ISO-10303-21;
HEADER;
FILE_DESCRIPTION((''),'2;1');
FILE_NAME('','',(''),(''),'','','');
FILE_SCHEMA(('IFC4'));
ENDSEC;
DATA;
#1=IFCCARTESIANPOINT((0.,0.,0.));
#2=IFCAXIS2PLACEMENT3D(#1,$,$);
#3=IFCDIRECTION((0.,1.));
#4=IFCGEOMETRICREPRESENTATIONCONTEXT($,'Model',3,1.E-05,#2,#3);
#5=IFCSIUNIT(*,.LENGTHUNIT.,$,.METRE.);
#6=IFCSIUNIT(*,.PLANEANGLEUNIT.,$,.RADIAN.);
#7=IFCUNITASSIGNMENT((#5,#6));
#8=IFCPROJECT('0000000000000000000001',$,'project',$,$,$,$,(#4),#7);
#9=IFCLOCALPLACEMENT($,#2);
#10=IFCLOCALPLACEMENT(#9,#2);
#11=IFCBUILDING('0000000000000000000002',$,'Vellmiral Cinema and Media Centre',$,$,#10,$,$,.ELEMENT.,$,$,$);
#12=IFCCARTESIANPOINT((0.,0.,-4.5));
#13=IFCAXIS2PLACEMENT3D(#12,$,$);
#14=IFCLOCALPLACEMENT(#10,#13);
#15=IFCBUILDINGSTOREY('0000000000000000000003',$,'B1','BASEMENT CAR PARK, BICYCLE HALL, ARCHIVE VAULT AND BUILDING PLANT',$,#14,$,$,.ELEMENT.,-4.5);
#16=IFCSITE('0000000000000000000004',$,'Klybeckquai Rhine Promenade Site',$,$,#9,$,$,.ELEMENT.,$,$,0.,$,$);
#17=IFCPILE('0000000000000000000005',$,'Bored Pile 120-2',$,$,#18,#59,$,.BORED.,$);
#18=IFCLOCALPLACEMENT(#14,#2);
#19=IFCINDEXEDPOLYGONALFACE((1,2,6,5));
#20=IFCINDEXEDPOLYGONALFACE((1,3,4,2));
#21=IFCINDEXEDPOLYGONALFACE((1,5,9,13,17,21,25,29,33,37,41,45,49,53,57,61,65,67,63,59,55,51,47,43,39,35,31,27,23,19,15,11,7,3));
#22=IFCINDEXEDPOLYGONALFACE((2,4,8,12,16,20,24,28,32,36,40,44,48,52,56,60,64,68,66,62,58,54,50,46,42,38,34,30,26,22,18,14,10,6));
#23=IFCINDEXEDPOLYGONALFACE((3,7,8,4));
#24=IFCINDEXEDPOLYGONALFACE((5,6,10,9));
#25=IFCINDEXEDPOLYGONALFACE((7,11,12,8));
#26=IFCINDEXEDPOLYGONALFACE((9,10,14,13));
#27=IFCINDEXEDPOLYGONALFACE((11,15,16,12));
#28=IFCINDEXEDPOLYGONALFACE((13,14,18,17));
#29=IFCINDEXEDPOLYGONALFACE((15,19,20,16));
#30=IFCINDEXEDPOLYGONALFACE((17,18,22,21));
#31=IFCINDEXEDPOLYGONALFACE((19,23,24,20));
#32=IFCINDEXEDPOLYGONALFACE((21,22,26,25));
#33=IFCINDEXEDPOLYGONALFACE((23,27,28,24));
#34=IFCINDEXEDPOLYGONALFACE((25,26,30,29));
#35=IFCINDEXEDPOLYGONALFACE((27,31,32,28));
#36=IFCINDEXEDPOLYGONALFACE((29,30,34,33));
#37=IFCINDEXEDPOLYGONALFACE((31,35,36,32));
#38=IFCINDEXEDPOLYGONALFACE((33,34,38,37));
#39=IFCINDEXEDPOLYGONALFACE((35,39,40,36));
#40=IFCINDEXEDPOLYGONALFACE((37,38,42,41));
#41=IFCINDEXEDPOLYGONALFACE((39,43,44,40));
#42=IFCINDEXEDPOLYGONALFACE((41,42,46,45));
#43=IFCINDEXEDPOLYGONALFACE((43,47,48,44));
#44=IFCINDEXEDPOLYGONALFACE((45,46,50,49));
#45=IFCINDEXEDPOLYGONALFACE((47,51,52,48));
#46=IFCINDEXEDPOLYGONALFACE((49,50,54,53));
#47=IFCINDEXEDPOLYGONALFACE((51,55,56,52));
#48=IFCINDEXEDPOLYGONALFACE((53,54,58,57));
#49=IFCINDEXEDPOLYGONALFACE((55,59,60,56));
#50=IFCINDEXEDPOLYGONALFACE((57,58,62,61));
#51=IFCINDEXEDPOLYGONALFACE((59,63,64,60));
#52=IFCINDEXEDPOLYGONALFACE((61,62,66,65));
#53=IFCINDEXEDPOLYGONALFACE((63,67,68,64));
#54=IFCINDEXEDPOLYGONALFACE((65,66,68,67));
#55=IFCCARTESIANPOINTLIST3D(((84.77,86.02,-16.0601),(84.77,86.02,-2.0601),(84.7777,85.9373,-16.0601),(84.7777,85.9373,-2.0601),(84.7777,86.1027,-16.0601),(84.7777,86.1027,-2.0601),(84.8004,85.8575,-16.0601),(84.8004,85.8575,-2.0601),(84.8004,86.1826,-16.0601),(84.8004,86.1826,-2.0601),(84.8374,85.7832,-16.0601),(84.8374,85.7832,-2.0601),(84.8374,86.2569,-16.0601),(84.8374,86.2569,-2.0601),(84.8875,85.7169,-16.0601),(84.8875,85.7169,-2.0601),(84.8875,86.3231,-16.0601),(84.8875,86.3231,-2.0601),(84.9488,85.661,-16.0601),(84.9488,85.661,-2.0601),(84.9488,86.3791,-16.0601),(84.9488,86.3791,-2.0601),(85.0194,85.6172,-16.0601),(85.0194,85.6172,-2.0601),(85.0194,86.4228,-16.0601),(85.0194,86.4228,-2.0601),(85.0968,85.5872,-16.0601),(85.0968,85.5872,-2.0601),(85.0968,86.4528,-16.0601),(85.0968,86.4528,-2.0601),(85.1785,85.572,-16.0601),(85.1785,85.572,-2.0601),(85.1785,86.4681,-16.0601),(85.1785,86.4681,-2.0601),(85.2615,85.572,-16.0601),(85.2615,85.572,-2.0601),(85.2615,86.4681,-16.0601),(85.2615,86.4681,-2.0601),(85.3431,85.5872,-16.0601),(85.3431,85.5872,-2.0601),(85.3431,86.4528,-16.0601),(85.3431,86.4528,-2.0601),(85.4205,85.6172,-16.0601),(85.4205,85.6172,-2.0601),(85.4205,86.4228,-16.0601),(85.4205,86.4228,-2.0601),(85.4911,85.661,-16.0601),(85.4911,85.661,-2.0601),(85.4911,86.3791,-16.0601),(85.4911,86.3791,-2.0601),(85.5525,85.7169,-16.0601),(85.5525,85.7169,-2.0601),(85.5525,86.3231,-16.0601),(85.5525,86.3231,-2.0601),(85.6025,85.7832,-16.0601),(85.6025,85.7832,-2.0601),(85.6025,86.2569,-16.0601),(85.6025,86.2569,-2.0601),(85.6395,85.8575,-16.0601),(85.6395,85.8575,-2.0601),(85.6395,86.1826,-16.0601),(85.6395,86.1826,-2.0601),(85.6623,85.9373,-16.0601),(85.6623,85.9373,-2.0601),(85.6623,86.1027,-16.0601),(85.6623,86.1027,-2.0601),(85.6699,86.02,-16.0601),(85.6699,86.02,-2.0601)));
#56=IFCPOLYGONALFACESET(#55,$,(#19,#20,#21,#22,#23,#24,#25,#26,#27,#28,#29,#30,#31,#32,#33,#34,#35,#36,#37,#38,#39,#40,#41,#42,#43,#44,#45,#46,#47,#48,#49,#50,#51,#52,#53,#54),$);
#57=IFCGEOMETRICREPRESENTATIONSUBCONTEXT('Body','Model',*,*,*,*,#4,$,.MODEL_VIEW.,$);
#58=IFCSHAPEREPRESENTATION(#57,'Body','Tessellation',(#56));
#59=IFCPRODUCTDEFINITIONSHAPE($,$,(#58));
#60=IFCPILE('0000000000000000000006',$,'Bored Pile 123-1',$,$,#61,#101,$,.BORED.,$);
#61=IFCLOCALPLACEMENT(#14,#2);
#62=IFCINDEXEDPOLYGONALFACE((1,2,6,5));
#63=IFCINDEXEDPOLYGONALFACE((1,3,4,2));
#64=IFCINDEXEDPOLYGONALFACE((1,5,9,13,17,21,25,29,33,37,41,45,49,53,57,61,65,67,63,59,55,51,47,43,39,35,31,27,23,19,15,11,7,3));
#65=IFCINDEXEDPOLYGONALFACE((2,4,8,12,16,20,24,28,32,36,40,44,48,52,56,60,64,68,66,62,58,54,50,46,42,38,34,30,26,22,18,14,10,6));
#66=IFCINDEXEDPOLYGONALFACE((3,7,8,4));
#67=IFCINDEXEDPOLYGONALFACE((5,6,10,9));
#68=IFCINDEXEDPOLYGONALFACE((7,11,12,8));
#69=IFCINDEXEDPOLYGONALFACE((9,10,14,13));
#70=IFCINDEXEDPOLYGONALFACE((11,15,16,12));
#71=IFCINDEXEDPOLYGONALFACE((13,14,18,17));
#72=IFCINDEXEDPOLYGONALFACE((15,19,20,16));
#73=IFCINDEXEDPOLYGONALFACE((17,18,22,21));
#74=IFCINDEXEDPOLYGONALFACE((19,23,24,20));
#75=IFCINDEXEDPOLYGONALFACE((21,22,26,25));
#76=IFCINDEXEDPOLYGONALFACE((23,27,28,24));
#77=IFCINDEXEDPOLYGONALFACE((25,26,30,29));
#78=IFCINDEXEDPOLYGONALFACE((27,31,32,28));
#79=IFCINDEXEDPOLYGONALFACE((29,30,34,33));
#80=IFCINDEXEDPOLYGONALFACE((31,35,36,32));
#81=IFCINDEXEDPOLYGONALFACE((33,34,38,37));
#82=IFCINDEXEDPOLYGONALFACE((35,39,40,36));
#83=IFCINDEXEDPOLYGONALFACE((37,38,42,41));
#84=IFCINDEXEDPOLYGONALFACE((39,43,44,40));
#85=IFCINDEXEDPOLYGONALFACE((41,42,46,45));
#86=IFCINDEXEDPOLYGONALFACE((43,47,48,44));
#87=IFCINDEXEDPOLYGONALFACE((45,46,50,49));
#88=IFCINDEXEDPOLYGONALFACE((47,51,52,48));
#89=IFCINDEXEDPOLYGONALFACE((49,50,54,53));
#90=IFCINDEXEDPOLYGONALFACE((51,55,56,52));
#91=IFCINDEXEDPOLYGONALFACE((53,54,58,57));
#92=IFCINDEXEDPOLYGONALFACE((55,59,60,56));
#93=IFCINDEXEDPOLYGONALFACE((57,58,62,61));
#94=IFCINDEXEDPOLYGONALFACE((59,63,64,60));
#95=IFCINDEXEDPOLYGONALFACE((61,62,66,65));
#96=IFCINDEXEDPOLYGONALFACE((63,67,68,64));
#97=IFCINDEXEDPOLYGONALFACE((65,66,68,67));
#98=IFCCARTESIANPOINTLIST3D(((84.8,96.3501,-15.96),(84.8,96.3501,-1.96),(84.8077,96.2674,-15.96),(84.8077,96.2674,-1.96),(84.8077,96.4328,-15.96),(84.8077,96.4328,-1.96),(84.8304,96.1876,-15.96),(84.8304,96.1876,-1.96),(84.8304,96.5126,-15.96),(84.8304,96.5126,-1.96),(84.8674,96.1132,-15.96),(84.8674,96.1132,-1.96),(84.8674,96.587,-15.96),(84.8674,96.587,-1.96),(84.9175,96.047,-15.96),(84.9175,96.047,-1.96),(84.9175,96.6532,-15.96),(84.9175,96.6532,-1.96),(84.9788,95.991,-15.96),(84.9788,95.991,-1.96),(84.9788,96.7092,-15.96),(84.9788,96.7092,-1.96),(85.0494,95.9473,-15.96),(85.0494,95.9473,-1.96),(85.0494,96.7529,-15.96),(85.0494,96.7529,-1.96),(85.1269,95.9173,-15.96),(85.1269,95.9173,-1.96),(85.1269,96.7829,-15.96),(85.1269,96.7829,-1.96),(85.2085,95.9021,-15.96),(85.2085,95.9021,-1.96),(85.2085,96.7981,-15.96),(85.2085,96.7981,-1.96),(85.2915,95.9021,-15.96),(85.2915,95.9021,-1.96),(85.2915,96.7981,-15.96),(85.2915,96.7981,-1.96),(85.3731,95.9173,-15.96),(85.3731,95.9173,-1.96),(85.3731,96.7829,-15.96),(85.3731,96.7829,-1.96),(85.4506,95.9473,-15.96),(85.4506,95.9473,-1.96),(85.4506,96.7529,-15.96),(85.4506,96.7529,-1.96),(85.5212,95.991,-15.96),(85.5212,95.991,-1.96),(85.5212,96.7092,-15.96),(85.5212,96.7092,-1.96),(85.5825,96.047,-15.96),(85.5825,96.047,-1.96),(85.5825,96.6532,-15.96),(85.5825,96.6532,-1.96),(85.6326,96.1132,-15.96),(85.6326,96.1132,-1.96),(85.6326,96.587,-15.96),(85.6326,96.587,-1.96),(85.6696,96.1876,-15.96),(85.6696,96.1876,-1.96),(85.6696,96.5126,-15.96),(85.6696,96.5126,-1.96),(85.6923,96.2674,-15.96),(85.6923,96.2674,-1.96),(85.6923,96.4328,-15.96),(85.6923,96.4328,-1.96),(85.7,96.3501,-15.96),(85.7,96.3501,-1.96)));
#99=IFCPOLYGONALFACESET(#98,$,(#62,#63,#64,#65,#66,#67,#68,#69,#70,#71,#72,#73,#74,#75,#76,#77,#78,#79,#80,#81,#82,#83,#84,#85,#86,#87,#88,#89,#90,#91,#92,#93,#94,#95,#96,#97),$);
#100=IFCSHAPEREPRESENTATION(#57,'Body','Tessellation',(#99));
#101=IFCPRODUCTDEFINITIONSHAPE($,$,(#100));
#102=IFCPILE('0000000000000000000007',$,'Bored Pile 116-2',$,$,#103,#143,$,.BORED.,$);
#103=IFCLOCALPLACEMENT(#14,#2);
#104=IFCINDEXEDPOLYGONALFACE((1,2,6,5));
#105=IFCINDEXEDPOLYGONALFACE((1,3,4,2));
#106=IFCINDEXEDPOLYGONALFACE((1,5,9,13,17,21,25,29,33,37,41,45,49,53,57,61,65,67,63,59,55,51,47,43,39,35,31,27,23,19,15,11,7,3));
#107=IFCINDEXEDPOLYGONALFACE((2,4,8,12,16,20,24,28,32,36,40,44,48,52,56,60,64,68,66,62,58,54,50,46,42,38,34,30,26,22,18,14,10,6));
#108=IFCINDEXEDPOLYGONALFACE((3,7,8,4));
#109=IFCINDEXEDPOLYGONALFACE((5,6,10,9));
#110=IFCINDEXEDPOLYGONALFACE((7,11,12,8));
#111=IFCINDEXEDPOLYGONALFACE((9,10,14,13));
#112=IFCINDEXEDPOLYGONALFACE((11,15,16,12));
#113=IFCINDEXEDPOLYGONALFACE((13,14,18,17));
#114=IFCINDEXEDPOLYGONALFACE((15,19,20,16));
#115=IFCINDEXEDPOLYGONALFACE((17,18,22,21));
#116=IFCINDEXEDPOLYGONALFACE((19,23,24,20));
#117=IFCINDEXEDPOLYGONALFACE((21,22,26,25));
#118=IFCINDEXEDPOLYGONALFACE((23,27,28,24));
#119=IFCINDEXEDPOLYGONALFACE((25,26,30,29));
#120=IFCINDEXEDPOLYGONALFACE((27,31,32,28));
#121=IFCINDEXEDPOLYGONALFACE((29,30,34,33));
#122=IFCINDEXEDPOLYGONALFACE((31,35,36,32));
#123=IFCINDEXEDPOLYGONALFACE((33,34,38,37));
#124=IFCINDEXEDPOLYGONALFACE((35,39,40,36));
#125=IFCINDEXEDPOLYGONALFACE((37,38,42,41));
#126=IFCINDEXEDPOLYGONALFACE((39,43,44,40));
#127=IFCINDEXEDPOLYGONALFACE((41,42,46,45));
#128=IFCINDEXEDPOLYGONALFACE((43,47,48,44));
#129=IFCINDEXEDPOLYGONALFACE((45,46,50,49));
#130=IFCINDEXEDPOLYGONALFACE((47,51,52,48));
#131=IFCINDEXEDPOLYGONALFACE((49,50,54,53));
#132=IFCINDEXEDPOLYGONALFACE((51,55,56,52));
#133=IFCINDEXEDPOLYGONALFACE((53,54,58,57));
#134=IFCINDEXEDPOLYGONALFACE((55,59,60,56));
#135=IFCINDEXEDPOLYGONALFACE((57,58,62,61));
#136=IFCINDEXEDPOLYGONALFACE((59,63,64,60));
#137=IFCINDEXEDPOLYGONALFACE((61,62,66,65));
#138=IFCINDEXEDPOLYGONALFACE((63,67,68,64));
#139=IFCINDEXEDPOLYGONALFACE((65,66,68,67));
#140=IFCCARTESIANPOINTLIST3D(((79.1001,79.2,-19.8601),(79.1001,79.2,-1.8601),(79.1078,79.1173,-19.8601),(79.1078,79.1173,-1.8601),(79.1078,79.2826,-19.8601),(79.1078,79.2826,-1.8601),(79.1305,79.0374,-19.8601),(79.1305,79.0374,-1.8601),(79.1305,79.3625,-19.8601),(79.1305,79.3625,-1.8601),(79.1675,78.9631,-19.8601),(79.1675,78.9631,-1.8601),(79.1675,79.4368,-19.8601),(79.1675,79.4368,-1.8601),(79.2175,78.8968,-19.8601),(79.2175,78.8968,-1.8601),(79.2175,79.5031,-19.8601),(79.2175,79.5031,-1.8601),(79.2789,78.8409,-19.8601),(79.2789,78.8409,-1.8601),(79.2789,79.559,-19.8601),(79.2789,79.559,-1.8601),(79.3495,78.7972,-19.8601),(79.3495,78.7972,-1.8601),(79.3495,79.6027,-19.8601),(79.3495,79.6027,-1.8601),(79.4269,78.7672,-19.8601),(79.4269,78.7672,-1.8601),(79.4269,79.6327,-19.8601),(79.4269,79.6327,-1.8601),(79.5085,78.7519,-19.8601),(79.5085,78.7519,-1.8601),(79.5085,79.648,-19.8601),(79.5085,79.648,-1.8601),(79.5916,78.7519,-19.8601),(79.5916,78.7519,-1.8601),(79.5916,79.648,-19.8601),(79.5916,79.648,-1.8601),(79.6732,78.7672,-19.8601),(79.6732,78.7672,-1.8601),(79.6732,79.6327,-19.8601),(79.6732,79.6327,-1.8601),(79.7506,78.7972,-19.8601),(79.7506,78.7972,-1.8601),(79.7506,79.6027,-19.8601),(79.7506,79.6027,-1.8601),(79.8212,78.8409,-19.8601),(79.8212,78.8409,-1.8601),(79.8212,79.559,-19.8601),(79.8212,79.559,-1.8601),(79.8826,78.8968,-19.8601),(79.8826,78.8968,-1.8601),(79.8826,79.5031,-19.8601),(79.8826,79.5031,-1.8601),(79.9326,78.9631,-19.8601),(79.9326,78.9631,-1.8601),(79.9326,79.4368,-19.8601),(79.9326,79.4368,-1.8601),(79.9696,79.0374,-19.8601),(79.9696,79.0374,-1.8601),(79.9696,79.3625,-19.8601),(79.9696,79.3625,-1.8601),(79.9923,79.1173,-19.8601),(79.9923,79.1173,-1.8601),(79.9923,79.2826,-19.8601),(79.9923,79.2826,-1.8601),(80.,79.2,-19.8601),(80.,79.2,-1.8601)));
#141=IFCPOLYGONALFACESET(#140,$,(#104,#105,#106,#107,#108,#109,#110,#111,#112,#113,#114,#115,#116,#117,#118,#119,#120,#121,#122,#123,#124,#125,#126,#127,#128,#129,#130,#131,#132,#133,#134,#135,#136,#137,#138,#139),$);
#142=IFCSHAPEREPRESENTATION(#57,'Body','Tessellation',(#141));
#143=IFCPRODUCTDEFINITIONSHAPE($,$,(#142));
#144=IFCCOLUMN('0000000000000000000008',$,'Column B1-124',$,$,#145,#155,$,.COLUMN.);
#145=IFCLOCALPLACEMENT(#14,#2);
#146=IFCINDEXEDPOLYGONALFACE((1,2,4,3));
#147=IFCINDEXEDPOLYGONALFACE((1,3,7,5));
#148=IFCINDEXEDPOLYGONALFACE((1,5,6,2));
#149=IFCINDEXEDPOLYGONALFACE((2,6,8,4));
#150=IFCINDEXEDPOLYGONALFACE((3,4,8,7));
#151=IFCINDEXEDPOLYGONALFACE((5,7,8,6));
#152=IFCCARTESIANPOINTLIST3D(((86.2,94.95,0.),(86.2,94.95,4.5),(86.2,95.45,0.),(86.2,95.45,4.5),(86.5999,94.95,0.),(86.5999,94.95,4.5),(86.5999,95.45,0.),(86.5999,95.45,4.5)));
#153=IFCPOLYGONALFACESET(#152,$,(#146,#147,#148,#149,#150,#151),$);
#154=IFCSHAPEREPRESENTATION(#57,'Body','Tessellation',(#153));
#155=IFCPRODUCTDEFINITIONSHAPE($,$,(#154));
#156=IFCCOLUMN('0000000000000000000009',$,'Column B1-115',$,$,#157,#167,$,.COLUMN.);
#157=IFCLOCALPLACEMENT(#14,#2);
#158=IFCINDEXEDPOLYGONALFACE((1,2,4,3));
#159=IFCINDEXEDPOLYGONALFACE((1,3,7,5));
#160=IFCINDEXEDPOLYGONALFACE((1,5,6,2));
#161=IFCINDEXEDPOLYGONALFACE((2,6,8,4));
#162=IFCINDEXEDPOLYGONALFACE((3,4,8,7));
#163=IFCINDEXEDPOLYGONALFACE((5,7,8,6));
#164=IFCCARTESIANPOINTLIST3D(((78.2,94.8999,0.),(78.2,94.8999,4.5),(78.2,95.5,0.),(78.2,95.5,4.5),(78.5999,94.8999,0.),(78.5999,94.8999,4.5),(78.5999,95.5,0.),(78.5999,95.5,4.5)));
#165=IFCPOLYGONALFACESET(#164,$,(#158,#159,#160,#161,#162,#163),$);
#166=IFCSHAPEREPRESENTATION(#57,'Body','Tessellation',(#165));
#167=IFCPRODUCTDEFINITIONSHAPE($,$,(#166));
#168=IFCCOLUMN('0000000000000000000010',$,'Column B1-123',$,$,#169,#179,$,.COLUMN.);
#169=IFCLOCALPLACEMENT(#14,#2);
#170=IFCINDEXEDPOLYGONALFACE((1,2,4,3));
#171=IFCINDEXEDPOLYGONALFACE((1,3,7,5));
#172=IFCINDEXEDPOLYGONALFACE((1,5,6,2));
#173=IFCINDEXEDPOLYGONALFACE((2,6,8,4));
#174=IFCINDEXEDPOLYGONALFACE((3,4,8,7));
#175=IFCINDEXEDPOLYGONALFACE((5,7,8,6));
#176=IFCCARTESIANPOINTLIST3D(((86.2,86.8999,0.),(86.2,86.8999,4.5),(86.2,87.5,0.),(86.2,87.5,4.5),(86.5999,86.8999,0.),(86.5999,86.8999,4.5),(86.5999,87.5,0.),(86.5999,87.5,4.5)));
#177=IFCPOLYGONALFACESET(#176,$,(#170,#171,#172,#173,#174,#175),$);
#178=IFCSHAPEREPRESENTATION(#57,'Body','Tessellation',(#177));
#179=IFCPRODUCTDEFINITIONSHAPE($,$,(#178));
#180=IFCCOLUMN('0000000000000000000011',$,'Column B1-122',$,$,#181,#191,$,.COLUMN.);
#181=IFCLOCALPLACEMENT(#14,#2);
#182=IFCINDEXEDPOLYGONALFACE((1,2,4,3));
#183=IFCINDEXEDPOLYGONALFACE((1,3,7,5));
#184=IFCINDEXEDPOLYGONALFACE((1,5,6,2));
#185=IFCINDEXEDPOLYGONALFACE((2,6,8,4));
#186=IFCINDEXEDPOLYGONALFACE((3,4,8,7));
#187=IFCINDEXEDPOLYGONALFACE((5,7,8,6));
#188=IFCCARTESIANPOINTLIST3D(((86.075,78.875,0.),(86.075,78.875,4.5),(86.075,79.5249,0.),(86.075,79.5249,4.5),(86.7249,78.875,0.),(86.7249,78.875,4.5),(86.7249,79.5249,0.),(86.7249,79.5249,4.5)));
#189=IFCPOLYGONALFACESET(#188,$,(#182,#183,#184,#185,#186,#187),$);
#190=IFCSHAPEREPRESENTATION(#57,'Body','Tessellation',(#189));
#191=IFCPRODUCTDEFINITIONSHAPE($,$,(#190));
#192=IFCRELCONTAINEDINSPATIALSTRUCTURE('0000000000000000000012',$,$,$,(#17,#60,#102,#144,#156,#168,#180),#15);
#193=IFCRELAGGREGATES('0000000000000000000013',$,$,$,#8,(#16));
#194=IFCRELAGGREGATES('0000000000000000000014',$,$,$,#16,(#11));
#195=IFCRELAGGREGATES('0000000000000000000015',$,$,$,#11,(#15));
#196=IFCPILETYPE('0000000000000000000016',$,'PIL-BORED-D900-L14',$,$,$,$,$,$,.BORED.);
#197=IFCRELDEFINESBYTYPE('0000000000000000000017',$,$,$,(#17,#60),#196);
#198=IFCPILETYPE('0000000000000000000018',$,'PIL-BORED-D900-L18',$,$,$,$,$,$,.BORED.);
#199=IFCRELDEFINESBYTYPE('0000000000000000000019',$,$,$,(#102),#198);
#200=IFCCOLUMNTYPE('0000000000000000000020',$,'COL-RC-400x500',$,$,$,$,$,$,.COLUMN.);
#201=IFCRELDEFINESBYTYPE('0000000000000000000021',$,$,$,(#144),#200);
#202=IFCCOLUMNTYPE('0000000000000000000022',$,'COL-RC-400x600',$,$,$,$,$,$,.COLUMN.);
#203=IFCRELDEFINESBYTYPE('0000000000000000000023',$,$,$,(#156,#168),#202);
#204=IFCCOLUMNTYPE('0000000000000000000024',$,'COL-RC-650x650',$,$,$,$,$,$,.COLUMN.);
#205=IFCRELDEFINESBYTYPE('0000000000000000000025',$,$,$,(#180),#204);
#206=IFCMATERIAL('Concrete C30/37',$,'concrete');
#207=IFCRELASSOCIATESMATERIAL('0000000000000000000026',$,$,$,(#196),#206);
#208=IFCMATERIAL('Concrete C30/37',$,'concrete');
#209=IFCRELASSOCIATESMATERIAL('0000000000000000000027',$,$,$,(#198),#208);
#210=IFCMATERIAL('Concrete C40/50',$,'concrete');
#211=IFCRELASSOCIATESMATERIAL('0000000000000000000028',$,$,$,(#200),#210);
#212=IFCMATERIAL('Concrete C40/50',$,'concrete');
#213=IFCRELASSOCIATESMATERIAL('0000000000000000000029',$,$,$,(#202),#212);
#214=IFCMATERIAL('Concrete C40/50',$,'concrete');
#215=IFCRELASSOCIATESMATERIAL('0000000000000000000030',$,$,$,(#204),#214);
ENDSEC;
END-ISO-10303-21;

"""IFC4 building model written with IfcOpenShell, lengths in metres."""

from ifc_helpers import new_model, si_unit, direction, frame, origin, origin_2d, place, context, subcontext, project, spatial, rectangle, circle, extrude, material, material_profile, profile_set, type_object, element, save


model = new_model("IFC4")

# Units and contexts
model_context = context("Model", 3, precision=1e-05, world=origin(), true_north=direction((0.0, 1.0)))
body_context = subcontext(model_context, "Body", "Model", "MODEL_VIEW")
ifc_project = project(units=[si_unit("LENGTHUNIT", "METRE"), si_unit("PLANEANGLEUNIT", "RADIAN")], contexts=[model_context])

# Site, building, storey
site_placement = place(None, origin())
site = spatial("IfcSite", under=ifc_project, at=site_placement, Name="Klybeckquai Rhine Promenade Site", CompositionType="ELEMENT", RefElevation=0.0)
building_placement = place(site_placement, origin())
building = spatial("IfcBuilding", under=site, at=building_placement, Name="Vellmiral Cinema and Media Centre", CompositionType="ELEMENT")
storey_placement = place(building_placement, frame((0.0, 0.0, -4.5)))
storey = spatial("IfcBuildingStorey", under=building, at=storey_placement, Name="B1", Description="BASEMENT CAR PARK, BICYCLE HALL, ARCHIVE VAULT AND BUILDING PLANT", CompositionType="ELEMENT", Elevation=-4.5)

# Piles
ifc_material_1 = material(Name="Concrete C30/37", Category="concrete")
ifc_material_profile_1 = material_profile(ifc_material_1, circle(Radius=0.45, at=origin_2d()), Name="PILE D900")
ifc_profile_set_1 = profile_set([ifc_material_profile_1], Name="Concrete C30/37")
pile_type_1 = type_object("IfcPileType", Name="PIL-BORED-D900-L14", PredefinedType="BORED", material=ifc_profile_set_1)
for number, where, z_axis, x_axis, name in (
    (1, (85.22, 86.02, -2.0601), (0.0, 0.0, -1.0), (1.0, 0.0, 0.0), "Bored Pile 120-2"),
    (2, (85.25, 96.3501, -1.96), (0.0, 0.0, -1.0), (1.0, 0.0, 0.0), "Bored Pile 123-1"),
):
    element("IfcPile", number, at=place(storey_placement, frame(where, z_axis=z_axis, x_axis=x_axis)), inside=storey, type_object=pile_type_1, Name=name, PredefinedType="BORED", context=body_context, shape_type="SweptSolid", body=[
        extrude(circle(Radius=0.45, at=origin_2d()), origin(), (0.0, 0.0, 1.0), 14.0),
    ])
ifc_material_2 = material(Name="Concrete C30/37", Category="concrete")
ifc_material_profile_2 = material_profile(ifc_material_2, circle(Radius=0.45, at=origin_2d()), Name="PILE D900")
ifc_profile_set_2 = profile_set([ifc_material_profile_2], Name="Concrete C30/37")
pile_type_2 = type_object("IfcPileType", Name="PIL-BORED-D900-L18", PredefinedType="BORED", material=ifc_profile_set_2)
pile_placement = place(storey_placement, frame((79.55, 79.2, -1.8601), z_axis=(0.0, 0.0, -1.0), x_axis=(1.0, 0.0, 0.0)))
element("IfcPile", 3, at=pile_placement, inside=storey, type_object=pile_type_2, Name="Bored Pile 116-2", PredefinedType="BORED", context=body_context, shape_type="SweptSolid", body=[
    extrude(circle(Radius=0.45, at=origin_2d()), origin(), (0.0, 0.0, 1.0), 18.0),
])

# Columns
ifc_material_3 = material(Name="Concrete C40/50", Category="concrete")
ifc_material_profile_3 = material_profile(ifc_material_3, rectangle(XDim=0.3999, YDim=0.5, at=origin_2d()), Name="RC 400x500")
ifc_profile_set_3 = profile_set([ifc_material_profile_3], Name="Concrete C40/50")
column_type_1 = type_object("IfcColumnType", Name="COL-RC-400x500", PredefinedType="COLUMN", material=ifc_profile_set_3)
column_1_placement = place(storey_placement, frame((86.3999, 95.2, 0.0), z_axis=(0.0, 0.0, 1.0), x_axis=(1.0, 0.0, 0.0)))
element("IfcColumn", 4, at=column_1_placement, inside=storey, type_object=column_type_1, Name="Column B1-124", PredefinedType="COLUMN", context=body_context, shape_type="SweptSolid", body=[
    extrude(rectangle(XDim=0.3999, YDim=0.5, at=origin_2d()), origin(), (0.0, 0.0, 1.0), 4.5),
])
ifc_material_4 = material(Name="Concrete C40/50", Category="concrete")
ifc_material_profile_4 = material_profile(ifc_material_4, rectangle(XDim=0.3999, YDim=0.6001, at=origin_2d()), Name="RC 400x600")
ifc_profile_set_4 = profile_set([ifc_material_profile_4], Name="Concrete C40/50")
column_type_2 = type_object("IfcColumnType", Name="COL-RC-400x600", PredefinedType="COLUMN", material=ifc_profile_set_4)
for number, where, z_axis, x_axis, name in (
    (5, (78.3999, 95.2, 0.0), (0.0, 0.0, 1.0), (1.0, 0.0, 0.0), "Column B1-115"),
    (6, (86.3999, 87.2, 0.0), (0.0, 0.0, 1.0), (1.0, 0.0, 0.0), "Column B1-123"),
):
    element("IfcColumn", number, at=place(storey_placement, frame(where, z_axis=z_axis, x_axis=x_axis)), inside=storey, type_object=column_type_2, Name=name, PredefinedType="COLUMN", context=body_context, shape_type="SweptSolid", body=[
        extrude(rectangle(XDim=0.3999, YDim=0.6001, at=origin_2d()), origin(), (0.0, 0.0, 1.0), 4.5),
    ])
ifc_material_5 = material(Name="Concrete C40/50", Category="concrete")
ifc_material_profile_5 = material_profile(ifc_material_5, rectangle(XDim=0.6499, YDim=0.6499, at=origin_2d()), Name="RC 650x650")
ifc_profile_set_5 = profile_set([ifc_material_profile_5], Name="Concrete C40/50")
column_type_3 = type_object("IfcColumnType", Name="COL-RC-650x650", PredefinedType="COLUMN", material=ifc_profile_set_5)
column_2_placement = place(storey_placement, frame((86.3999, 79.2, 0.0), z_axis=(0.0, 0.0, 1.0), x_axis=(1.0, 0.0, 0.0)))
element("IfcColumn", 7, at=column_2_placement, inside=storey, type_object=column_type_3, Name="Column B1-122", PredefinedType="COLUMN", context=body_context, shape_type="SweptSolid", body=[
    extrude(rectangle(XDim=0.6499, YDim=0.6499, at=origin_2d()), origin(), (0.0, 0.0, 1.0), 4.5),
])

save(model, "model.ifc")
